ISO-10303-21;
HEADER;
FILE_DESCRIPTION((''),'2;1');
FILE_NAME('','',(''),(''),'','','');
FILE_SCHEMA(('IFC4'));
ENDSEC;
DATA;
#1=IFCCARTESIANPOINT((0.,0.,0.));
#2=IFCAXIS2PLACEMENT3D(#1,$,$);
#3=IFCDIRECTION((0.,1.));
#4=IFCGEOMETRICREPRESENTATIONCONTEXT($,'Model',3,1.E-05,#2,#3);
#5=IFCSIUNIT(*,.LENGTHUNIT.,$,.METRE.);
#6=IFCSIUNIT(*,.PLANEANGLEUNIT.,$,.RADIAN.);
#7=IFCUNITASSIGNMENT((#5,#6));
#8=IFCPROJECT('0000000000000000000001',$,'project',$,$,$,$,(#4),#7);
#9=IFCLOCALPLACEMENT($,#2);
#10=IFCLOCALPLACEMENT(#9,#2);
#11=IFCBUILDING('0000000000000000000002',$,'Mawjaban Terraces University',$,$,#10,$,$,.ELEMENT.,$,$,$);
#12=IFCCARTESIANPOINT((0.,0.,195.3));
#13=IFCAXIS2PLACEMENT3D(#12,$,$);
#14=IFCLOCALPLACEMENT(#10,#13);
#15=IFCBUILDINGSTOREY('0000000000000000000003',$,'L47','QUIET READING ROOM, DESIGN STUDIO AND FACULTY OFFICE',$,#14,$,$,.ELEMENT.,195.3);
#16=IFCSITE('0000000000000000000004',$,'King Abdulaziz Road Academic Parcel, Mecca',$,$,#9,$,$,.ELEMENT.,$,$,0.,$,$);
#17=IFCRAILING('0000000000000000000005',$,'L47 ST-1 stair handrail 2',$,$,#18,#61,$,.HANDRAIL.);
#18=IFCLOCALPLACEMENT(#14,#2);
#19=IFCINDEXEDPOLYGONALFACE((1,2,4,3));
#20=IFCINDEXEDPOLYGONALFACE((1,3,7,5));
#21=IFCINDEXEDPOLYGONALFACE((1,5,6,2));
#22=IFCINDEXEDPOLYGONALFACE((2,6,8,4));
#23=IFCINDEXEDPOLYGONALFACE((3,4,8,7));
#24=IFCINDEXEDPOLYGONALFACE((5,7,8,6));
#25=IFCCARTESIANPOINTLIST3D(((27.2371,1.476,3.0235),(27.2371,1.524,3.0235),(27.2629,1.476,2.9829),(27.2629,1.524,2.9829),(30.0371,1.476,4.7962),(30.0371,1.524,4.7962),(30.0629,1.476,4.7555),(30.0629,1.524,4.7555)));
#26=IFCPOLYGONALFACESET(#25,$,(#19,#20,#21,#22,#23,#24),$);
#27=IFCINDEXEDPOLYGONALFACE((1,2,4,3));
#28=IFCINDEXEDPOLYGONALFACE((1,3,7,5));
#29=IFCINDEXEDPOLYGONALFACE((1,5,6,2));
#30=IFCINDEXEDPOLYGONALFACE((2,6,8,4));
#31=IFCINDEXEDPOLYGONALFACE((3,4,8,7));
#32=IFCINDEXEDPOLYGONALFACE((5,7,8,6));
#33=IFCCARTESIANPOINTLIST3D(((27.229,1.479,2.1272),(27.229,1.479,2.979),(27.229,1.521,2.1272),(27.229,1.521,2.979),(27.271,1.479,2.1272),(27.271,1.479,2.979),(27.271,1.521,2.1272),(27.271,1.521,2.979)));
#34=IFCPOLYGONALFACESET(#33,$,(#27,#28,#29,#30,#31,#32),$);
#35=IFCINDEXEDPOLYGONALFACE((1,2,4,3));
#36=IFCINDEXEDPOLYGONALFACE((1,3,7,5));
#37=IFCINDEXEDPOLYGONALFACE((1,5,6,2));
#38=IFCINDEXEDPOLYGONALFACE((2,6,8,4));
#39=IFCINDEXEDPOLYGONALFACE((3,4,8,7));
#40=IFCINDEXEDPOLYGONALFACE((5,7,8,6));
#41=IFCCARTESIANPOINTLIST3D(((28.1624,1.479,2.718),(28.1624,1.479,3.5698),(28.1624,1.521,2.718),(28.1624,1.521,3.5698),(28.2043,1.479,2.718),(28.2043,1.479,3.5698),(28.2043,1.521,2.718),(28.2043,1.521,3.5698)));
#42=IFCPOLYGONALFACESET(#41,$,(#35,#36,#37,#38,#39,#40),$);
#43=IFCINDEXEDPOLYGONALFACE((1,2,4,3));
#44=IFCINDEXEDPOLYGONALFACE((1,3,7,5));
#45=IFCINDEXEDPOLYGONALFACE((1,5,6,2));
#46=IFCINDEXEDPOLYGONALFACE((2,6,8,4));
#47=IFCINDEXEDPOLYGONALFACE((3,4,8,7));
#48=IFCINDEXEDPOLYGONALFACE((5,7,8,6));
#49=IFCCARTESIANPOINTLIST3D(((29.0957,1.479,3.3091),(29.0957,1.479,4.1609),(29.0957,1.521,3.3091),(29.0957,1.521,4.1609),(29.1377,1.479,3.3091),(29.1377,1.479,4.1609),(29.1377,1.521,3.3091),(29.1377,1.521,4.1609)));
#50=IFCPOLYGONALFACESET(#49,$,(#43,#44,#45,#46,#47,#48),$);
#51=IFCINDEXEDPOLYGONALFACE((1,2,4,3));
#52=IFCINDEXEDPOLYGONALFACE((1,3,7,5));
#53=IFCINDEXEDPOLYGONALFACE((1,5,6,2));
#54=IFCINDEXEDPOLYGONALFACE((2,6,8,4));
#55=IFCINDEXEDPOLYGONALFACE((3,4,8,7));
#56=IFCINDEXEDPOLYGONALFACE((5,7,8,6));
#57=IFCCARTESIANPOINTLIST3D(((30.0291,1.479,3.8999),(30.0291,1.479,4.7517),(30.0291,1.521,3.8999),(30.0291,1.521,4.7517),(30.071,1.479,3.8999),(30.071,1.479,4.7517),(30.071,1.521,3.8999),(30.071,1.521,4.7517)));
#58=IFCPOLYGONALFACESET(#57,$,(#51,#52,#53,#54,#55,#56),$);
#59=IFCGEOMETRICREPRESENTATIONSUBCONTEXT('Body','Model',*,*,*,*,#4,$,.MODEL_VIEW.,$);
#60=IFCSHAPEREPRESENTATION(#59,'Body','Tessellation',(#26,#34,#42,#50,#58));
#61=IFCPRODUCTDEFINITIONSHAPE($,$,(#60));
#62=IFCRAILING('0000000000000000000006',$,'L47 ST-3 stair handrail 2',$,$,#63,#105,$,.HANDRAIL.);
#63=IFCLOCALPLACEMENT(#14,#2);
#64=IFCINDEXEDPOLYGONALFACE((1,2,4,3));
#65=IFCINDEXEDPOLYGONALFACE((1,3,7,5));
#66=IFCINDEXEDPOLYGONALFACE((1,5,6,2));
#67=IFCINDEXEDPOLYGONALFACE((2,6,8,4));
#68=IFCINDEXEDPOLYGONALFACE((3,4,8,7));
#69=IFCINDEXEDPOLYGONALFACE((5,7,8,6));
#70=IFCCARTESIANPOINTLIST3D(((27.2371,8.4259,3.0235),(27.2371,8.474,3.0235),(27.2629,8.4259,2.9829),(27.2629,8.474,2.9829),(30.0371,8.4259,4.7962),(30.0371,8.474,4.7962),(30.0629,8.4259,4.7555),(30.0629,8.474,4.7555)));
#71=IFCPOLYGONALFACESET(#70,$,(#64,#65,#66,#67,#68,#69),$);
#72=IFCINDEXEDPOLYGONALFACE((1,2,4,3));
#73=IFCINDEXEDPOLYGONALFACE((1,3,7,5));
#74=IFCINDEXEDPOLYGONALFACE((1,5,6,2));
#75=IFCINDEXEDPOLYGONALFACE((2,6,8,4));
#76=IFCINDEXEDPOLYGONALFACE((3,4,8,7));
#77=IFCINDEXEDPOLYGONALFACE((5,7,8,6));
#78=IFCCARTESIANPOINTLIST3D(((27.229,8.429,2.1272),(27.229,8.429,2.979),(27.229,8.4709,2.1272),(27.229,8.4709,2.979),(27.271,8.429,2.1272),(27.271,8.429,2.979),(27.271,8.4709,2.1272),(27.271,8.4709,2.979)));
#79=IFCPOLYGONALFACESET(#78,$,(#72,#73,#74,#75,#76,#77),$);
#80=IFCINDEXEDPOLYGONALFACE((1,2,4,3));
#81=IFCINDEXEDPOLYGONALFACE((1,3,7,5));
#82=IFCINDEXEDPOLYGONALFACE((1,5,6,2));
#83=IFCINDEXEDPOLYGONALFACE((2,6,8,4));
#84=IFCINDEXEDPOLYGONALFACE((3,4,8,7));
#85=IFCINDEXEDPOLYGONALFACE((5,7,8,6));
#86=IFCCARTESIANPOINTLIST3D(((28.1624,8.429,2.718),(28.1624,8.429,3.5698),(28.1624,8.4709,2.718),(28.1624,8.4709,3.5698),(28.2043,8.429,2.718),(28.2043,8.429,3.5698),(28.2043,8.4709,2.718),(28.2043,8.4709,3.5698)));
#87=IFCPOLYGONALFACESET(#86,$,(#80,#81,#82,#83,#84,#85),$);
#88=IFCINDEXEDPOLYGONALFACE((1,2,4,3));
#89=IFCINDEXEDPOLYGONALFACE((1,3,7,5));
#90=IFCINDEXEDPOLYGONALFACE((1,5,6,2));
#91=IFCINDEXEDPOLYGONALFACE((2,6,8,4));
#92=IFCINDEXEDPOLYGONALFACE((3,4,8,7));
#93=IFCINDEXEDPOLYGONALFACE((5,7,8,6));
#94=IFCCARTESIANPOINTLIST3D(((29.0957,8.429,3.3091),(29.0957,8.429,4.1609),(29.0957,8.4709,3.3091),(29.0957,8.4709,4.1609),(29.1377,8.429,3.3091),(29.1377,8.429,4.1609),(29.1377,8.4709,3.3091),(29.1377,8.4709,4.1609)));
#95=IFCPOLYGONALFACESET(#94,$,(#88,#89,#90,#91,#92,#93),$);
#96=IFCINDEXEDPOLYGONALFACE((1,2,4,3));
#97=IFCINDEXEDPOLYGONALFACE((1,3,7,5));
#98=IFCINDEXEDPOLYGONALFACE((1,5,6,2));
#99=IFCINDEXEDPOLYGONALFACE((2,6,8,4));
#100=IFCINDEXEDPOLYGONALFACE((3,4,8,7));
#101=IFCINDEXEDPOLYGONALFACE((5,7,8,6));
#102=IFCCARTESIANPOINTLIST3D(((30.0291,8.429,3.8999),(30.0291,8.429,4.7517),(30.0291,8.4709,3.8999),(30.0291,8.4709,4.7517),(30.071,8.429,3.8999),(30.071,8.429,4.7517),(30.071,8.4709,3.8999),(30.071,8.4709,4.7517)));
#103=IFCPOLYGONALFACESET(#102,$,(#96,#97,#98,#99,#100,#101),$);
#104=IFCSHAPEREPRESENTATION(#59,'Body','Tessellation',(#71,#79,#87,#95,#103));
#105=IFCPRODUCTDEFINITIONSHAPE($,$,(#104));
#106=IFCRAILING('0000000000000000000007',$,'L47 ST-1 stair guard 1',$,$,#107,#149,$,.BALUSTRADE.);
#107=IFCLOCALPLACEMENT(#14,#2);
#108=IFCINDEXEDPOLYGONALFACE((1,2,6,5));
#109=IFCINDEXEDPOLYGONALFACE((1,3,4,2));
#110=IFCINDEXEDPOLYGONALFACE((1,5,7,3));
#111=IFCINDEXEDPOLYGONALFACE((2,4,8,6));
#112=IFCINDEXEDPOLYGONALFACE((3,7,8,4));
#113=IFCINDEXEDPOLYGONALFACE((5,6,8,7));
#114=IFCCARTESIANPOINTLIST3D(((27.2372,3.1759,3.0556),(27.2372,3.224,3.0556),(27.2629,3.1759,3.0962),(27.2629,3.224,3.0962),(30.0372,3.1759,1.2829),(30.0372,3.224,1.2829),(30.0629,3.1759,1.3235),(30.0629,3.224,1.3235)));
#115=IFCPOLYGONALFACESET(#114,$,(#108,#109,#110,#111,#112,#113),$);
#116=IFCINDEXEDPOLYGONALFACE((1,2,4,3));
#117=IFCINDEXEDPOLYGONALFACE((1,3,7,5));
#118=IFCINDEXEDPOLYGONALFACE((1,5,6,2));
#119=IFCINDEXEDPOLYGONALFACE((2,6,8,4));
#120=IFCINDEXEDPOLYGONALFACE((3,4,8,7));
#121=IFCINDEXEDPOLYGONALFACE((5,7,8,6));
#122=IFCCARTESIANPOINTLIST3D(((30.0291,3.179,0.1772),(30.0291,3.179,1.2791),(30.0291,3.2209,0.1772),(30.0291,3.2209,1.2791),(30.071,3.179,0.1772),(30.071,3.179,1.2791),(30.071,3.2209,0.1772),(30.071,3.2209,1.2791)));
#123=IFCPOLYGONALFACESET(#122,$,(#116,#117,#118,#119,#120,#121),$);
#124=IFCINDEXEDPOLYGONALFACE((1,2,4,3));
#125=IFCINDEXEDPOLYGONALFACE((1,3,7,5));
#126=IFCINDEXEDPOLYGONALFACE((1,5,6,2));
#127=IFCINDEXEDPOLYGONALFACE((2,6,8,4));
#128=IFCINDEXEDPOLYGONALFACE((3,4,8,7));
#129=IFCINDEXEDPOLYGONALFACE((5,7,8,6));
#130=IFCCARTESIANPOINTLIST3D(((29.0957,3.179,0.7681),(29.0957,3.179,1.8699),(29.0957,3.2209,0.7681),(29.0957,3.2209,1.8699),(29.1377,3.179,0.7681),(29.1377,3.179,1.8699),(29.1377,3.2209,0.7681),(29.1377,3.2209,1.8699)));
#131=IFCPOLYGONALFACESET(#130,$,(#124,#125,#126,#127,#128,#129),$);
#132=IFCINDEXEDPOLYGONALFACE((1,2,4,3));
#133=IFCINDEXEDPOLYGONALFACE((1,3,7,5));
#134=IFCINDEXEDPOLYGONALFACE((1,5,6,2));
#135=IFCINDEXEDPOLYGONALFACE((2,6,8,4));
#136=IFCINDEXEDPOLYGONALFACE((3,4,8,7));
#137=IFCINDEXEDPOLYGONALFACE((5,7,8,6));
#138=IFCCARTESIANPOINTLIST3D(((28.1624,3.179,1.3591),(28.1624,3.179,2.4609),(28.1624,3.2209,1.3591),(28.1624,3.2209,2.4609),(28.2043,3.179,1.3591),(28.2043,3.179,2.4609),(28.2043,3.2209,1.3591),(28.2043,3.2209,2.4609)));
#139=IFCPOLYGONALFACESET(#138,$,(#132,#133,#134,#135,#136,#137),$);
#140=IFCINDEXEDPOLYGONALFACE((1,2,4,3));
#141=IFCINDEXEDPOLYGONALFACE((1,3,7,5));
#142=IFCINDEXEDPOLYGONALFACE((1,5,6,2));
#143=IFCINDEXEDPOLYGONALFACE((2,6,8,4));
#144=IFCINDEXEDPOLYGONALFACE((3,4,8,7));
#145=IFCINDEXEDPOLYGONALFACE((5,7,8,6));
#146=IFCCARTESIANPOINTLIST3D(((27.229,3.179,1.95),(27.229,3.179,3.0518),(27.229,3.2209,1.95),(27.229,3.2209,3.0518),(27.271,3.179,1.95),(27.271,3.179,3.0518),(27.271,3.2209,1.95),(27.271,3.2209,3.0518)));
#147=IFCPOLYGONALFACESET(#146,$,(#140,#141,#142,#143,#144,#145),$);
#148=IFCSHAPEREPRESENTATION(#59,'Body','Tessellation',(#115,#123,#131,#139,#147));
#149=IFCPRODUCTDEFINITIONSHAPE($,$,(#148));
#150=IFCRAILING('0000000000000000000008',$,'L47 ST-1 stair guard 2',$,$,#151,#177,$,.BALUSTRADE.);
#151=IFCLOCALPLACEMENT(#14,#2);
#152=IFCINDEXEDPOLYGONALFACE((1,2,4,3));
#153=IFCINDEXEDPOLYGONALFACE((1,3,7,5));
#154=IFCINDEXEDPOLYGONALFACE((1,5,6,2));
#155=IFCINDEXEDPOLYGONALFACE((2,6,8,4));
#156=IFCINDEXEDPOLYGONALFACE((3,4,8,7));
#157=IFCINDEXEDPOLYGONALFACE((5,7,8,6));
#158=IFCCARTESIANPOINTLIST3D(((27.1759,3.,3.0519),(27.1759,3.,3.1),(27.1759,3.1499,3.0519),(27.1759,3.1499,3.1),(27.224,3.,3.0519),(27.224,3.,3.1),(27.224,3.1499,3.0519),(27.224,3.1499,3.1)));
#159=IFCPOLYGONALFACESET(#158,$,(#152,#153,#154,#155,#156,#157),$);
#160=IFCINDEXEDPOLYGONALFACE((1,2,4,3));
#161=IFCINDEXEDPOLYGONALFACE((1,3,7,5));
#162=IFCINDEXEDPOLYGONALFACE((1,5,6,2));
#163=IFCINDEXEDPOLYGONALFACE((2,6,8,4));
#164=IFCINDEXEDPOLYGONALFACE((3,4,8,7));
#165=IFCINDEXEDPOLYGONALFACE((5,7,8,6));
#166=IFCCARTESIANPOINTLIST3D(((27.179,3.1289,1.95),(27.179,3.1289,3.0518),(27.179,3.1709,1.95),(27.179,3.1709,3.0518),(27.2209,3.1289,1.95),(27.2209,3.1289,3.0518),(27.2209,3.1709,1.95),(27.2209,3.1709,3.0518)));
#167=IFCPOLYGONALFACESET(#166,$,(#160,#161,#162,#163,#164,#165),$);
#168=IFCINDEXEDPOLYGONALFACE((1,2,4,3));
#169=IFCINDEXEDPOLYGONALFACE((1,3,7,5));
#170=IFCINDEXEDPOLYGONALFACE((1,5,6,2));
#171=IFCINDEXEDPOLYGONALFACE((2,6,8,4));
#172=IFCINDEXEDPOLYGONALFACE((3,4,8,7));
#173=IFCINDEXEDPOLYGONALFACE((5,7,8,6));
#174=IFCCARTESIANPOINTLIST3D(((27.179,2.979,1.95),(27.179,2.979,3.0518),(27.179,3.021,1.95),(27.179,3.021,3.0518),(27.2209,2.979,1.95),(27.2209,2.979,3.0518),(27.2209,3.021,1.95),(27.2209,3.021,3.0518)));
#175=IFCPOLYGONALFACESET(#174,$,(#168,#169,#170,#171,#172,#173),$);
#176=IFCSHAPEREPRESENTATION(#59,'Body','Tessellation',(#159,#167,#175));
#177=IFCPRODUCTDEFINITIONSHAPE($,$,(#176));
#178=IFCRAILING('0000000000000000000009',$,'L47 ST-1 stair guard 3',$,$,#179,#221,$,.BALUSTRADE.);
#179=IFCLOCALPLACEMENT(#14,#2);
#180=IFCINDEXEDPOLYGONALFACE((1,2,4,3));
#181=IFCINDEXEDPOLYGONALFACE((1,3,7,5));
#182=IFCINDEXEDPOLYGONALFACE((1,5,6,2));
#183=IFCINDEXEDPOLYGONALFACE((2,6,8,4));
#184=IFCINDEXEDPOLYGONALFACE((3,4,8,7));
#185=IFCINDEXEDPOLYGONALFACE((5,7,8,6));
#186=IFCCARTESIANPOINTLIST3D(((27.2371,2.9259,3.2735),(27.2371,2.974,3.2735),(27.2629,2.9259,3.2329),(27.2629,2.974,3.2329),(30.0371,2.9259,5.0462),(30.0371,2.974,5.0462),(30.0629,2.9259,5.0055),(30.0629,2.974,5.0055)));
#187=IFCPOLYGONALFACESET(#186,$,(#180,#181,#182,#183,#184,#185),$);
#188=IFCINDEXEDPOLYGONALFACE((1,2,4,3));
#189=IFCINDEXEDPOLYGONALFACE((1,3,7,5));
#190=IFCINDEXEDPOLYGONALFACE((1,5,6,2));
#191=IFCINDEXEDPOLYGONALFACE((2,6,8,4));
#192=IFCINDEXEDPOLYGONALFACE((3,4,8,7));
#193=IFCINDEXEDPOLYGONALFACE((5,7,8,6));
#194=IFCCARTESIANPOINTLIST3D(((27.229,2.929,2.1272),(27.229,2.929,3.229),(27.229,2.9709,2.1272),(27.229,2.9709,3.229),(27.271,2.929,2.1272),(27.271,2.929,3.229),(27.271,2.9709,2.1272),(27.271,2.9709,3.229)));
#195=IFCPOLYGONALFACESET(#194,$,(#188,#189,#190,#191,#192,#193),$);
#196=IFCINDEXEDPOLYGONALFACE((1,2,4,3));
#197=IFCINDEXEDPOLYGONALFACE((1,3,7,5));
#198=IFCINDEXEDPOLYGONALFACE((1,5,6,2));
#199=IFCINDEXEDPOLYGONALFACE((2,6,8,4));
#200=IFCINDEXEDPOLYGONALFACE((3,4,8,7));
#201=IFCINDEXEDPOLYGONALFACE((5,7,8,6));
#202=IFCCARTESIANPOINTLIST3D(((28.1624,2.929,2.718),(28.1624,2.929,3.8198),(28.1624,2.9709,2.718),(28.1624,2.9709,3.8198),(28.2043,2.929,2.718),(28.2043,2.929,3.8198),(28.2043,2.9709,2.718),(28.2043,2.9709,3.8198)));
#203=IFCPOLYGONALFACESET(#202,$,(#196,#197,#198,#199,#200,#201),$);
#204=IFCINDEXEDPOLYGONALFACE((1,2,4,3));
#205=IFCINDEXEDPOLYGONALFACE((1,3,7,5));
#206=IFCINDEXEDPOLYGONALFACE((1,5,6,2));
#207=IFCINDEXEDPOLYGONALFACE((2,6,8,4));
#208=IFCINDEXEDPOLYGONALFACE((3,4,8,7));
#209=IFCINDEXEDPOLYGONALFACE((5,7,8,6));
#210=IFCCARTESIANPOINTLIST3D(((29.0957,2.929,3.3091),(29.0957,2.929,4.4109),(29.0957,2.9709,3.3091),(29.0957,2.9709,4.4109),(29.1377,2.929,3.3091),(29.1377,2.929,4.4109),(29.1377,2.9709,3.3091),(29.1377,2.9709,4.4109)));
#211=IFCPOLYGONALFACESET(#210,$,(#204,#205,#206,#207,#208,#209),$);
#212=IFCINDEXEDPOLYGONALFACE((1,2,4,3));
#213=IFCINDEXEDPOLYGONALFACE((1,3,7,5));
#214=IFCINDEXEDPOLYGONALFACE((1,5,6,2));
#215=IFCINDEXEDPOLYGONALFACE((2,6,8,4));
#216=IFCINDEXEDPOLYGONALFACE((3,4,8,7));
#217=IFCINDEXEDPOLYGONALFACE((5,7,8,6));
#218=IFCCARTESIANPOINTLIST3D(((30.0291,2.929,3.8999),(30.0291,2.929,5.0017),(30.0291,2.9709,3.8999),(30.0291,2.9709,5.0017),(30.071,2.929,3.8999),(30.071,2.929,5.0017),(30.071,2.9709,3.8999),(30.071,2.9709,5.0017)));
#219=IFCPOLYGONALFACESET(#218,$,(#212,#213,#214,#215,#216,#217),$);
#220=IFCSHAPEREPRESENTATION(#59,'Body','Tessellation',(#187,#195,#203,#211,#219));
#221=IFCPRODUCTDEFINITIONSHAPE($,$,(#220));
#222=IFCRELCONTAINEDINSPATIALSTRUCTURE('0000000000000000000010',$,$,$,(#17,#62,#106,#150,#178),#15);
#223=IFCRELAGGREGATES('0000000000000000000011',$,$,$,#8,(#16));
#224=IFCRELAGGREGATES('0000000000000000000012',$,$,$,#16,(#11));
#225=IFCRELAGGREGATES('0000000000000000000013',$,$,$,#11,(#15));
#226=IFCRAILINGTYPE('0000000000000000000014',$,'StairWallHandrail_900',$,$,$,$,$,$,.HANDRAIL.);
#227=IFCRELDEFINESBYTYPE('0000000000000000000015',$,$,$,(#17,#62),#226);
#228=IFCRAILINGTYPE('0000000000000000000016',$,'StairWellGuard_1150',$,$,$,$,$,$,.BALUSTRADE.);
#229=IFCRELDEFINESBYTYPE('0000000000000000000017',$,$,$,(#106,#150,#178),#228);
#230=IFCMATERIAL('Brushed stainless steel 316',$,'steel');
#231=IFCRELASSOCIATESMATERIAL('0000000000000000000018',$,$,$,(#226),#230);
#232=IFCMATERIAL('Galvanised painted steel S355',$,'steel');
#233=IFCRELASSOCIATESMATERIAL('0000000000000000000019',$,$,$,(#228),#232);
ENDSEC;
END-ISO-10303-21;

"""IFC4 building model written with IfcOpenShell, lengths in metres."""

from ifc_helpers import new_model, si_unit, direction, frame, origin, origin_2d, place, context, subcontext, project, spatial, rectangle, extrude, material, type_object, element, save


model = new_model("IFC4")

# Units and contexts
model_context = context("Model", 3, precision=1e-05, world=origin(), true_north=direction((0.0, 1.0)))
body_context = subcontext(model_context, "Body", "Model", "MODEL_VIEW")
ifc_project = project(units=[si_unit("LENGTHUNIT", "METRE"), si_unit("PLANEANGLEUNIT", "RADIAN")], contexts=[model_context])

# Site, building, storey
site_placement = place(None, origin())
site = spatial("IfcSite", under=ifc_project, at=site_placement, Name="King Abdulaziz Road Academic Parcel, Mecca", CompositionType="ELEMENT", RefElevation=0.0)
building_placement = place(site_placement, origin())
building = spatial("IfcBuilding", under=site, at=building_placement, Name="Mawjaban Terraces University", CompositionType="ELEMENT")
storey_placement = place(building_placement, frame((0.0, 0.0, 195.3)))
storey = spatial("IfcBuildingStorey", under=building, at=storey_placement, Name="L47", Description="QUIET READING ROOM, DESIGN STUDIO AND FACULTY OFFICE", CompositionType="ELEMENT", Elevation=195.3)

# Railings
ifc_material_1 = material(Name="Brushed stainless steel 316", Category="steel")
railing_type_1 = type_object("IfcRailingType", Name="StairWallHandrail_900", PredefinedType="HANDRAIL", material=ifc_material_1)
for number, where, name in (
    (1, (27.25, 1.5, 2.1272), "L47 ST-1 stair handrail 2"),
    (2, (27.25, 8.45, 2.1272), "L47 ST-3 stair handrail 2"),
):
    element("IfcRailing", number, at=place(storey_placement, frame(where)), inside=storey, type_object=railing_type_1, Name=name, PredefinedType="HANDRAIL", context=body_context, shape_type="SweptSolid", body=[
        extrude(rectangle(XDim=0.0481, YDim=0.0481, at=origin_2d()), frame((0.0, 0.0, 0.876), z_axis=(0.844909, 0.0, 0.53491), x_axis=(0.0, 1.0, 0.0)), (0.0, 0.0, 1.0), 3.314),
        extrude(rectangle(XDim=0.042, YDim=0.042, at=origin_2d()), origin(), (0.0, 0.0, 1.0), 0.8518),
        extrude(rectangle(XDim=0.042, YDim=0.042, at=origin_2d()), frame((0.9333, 0.0, 0.5908)), (0.0, 0.0, 1.0), 0.8518),
        extrude(rectangle(XDim=0.042, YDim=0.042, at=origin_2d()), frame((1.8667, 0.0, 1.1819)), (0.0, 0.0, 1.0), 0.8518),
        extrude(rectangle(XDim=0.042, YDim=0.042, at=origin_2d()), frame((2.8, 0.0, 1.7727)), (0.0, 0.0, 1.0), 0.8518),
    ])
ifc_material_2 = material(Name="Galvanised painted steel S355", Category="steel")
railing_type_2 = type_object("IfcRailingType", Name="StairWellGuard_1150", PredefinedType="BALUSTRADE", material=ifc_material_2)
railing_1_placement = place(storey_placement, frame((30.05, 3.2, 0.1772)))
element("IfcRailing", 3, at=railing_1_placement, inside=storey, type_object=railing_type_2, Name="L47 ST-1 stair guard 1", PredefinedType="BALUSTRADE", context=body_context, shape_type="SweptSolid", body=[
    extrude(rectangle(XDim=0.0481, YDim=0.0481, at=origin_2d()), frame((0.0, 0.0, 1.126), z_axis=(-0.844909, 0.0, 0.53491), x_axis=(0.0, -1.0, 0.0)), (0.0, 0.0, 1.0), 3.314),
    extrude(rectangle(XDim=0.042, YDim=0.042, at=origin_2d()), origin(), (0.0, 0.0, 1.0), 1.1018),
    extrude(rectangle(XDim=0.042, YDim=0.042, at=origin_2d()), frame((-0.9333, 0.0, 0.5908)), (0.0, 0.0, 1.0), 1.1018),
    extrude(rectangle(XDim=0.042, YDim=0.042, at=origin_2d()), frame((-1.8667, 0.0, 1.1819)), (0.0, 0.0, 1.0), 1.1018),
    extrude(rectangle(XDim=0.042, YDim=0.042, at=origin_2d()), frame((-2.8, 0.0, 1.7727)), (0.0, 0.0, 1.0), 1.1018),
])
railing_2_placement = place(storey_placement, frame((27.2, 3.1499, 1.95)))
element("IfcRailing", 4, at=railing_2_placement, inside=storey, type_object=railing_type_2, Name="L47 ST-1 stair guard 2", PredefinedType="BALUSTRADE", context=body_context, shape_type="SweptSolid", body=[
    extrude(rectangle(XDim=0.0481, YDim=0.0481, at=origin_2d()), frame((0.0, 0.0, 1.126), z_axis=(0.0, -1.0, 0.0), x_axis=(1.0, 0.0, 0.0)), (0.0, 0.0, 1.0), 0.1499),
    extrude(rectangle(XDim=0.042, YDim=0.042, at=origin_2d()), origin(), (0.0, 0.0, 1.0), 1.1018),
    extrude(rectangle(XDim=0.042, YDim=0.042, at=origin_2d()), frame((0.0, -0.1499, 0.0)), (0.0, 0.0, 1.0), 1.1018),
])
railing_3_placement = place(storey_placement, frame((27.25, 2.95, 2.1272)))
element("IfcRailing", 5, at=railing_3_placement, inside=storey, type_object=railing_type_2, Name="L47 ST-1 stair guard 3", PredefinedType="BALUSTRADE", context=body_context, shape_type="SweptSolid", body=[
    extrude(rectangle(XDim=0.0481, YDim=0.0481, at=origin_2d()), frame((0.0, 0.0, 1.126), z_axis=(0.844909, 0.0, 0.53491), x_axis=(0.0, 1.0, 0.0)), (0.0, 0.0, 1.0), 3.314),
    extrude(rectangle(XDim=0.042, YDim=0.042, at=origin_2d()), origin(), (0.0, 0.0, 1.0), 1.1018),
    extrude(rectangle(XDim=0.042, YDim=0.042, at=origin_2d()), frame((0.9333, 0.0, 0.5908)), (0.0, 0.0, 1.0), 1.1018),
    extrude(rectangle(XDim=0.042, YDim=0.042, at=origin_2d()), frame((1.8667, 0.0, 1.1819)), (0.0, 0.0, 1.0), 1.1018),
    extrude(rectangle(XDim=0.042, YDim=0.042, at=origin_2d()), frame((2.8, 0.0, 1.7727)), (0.0, 0.0, 1.0), 1.1018),
])

save(model, "model.ifc")
